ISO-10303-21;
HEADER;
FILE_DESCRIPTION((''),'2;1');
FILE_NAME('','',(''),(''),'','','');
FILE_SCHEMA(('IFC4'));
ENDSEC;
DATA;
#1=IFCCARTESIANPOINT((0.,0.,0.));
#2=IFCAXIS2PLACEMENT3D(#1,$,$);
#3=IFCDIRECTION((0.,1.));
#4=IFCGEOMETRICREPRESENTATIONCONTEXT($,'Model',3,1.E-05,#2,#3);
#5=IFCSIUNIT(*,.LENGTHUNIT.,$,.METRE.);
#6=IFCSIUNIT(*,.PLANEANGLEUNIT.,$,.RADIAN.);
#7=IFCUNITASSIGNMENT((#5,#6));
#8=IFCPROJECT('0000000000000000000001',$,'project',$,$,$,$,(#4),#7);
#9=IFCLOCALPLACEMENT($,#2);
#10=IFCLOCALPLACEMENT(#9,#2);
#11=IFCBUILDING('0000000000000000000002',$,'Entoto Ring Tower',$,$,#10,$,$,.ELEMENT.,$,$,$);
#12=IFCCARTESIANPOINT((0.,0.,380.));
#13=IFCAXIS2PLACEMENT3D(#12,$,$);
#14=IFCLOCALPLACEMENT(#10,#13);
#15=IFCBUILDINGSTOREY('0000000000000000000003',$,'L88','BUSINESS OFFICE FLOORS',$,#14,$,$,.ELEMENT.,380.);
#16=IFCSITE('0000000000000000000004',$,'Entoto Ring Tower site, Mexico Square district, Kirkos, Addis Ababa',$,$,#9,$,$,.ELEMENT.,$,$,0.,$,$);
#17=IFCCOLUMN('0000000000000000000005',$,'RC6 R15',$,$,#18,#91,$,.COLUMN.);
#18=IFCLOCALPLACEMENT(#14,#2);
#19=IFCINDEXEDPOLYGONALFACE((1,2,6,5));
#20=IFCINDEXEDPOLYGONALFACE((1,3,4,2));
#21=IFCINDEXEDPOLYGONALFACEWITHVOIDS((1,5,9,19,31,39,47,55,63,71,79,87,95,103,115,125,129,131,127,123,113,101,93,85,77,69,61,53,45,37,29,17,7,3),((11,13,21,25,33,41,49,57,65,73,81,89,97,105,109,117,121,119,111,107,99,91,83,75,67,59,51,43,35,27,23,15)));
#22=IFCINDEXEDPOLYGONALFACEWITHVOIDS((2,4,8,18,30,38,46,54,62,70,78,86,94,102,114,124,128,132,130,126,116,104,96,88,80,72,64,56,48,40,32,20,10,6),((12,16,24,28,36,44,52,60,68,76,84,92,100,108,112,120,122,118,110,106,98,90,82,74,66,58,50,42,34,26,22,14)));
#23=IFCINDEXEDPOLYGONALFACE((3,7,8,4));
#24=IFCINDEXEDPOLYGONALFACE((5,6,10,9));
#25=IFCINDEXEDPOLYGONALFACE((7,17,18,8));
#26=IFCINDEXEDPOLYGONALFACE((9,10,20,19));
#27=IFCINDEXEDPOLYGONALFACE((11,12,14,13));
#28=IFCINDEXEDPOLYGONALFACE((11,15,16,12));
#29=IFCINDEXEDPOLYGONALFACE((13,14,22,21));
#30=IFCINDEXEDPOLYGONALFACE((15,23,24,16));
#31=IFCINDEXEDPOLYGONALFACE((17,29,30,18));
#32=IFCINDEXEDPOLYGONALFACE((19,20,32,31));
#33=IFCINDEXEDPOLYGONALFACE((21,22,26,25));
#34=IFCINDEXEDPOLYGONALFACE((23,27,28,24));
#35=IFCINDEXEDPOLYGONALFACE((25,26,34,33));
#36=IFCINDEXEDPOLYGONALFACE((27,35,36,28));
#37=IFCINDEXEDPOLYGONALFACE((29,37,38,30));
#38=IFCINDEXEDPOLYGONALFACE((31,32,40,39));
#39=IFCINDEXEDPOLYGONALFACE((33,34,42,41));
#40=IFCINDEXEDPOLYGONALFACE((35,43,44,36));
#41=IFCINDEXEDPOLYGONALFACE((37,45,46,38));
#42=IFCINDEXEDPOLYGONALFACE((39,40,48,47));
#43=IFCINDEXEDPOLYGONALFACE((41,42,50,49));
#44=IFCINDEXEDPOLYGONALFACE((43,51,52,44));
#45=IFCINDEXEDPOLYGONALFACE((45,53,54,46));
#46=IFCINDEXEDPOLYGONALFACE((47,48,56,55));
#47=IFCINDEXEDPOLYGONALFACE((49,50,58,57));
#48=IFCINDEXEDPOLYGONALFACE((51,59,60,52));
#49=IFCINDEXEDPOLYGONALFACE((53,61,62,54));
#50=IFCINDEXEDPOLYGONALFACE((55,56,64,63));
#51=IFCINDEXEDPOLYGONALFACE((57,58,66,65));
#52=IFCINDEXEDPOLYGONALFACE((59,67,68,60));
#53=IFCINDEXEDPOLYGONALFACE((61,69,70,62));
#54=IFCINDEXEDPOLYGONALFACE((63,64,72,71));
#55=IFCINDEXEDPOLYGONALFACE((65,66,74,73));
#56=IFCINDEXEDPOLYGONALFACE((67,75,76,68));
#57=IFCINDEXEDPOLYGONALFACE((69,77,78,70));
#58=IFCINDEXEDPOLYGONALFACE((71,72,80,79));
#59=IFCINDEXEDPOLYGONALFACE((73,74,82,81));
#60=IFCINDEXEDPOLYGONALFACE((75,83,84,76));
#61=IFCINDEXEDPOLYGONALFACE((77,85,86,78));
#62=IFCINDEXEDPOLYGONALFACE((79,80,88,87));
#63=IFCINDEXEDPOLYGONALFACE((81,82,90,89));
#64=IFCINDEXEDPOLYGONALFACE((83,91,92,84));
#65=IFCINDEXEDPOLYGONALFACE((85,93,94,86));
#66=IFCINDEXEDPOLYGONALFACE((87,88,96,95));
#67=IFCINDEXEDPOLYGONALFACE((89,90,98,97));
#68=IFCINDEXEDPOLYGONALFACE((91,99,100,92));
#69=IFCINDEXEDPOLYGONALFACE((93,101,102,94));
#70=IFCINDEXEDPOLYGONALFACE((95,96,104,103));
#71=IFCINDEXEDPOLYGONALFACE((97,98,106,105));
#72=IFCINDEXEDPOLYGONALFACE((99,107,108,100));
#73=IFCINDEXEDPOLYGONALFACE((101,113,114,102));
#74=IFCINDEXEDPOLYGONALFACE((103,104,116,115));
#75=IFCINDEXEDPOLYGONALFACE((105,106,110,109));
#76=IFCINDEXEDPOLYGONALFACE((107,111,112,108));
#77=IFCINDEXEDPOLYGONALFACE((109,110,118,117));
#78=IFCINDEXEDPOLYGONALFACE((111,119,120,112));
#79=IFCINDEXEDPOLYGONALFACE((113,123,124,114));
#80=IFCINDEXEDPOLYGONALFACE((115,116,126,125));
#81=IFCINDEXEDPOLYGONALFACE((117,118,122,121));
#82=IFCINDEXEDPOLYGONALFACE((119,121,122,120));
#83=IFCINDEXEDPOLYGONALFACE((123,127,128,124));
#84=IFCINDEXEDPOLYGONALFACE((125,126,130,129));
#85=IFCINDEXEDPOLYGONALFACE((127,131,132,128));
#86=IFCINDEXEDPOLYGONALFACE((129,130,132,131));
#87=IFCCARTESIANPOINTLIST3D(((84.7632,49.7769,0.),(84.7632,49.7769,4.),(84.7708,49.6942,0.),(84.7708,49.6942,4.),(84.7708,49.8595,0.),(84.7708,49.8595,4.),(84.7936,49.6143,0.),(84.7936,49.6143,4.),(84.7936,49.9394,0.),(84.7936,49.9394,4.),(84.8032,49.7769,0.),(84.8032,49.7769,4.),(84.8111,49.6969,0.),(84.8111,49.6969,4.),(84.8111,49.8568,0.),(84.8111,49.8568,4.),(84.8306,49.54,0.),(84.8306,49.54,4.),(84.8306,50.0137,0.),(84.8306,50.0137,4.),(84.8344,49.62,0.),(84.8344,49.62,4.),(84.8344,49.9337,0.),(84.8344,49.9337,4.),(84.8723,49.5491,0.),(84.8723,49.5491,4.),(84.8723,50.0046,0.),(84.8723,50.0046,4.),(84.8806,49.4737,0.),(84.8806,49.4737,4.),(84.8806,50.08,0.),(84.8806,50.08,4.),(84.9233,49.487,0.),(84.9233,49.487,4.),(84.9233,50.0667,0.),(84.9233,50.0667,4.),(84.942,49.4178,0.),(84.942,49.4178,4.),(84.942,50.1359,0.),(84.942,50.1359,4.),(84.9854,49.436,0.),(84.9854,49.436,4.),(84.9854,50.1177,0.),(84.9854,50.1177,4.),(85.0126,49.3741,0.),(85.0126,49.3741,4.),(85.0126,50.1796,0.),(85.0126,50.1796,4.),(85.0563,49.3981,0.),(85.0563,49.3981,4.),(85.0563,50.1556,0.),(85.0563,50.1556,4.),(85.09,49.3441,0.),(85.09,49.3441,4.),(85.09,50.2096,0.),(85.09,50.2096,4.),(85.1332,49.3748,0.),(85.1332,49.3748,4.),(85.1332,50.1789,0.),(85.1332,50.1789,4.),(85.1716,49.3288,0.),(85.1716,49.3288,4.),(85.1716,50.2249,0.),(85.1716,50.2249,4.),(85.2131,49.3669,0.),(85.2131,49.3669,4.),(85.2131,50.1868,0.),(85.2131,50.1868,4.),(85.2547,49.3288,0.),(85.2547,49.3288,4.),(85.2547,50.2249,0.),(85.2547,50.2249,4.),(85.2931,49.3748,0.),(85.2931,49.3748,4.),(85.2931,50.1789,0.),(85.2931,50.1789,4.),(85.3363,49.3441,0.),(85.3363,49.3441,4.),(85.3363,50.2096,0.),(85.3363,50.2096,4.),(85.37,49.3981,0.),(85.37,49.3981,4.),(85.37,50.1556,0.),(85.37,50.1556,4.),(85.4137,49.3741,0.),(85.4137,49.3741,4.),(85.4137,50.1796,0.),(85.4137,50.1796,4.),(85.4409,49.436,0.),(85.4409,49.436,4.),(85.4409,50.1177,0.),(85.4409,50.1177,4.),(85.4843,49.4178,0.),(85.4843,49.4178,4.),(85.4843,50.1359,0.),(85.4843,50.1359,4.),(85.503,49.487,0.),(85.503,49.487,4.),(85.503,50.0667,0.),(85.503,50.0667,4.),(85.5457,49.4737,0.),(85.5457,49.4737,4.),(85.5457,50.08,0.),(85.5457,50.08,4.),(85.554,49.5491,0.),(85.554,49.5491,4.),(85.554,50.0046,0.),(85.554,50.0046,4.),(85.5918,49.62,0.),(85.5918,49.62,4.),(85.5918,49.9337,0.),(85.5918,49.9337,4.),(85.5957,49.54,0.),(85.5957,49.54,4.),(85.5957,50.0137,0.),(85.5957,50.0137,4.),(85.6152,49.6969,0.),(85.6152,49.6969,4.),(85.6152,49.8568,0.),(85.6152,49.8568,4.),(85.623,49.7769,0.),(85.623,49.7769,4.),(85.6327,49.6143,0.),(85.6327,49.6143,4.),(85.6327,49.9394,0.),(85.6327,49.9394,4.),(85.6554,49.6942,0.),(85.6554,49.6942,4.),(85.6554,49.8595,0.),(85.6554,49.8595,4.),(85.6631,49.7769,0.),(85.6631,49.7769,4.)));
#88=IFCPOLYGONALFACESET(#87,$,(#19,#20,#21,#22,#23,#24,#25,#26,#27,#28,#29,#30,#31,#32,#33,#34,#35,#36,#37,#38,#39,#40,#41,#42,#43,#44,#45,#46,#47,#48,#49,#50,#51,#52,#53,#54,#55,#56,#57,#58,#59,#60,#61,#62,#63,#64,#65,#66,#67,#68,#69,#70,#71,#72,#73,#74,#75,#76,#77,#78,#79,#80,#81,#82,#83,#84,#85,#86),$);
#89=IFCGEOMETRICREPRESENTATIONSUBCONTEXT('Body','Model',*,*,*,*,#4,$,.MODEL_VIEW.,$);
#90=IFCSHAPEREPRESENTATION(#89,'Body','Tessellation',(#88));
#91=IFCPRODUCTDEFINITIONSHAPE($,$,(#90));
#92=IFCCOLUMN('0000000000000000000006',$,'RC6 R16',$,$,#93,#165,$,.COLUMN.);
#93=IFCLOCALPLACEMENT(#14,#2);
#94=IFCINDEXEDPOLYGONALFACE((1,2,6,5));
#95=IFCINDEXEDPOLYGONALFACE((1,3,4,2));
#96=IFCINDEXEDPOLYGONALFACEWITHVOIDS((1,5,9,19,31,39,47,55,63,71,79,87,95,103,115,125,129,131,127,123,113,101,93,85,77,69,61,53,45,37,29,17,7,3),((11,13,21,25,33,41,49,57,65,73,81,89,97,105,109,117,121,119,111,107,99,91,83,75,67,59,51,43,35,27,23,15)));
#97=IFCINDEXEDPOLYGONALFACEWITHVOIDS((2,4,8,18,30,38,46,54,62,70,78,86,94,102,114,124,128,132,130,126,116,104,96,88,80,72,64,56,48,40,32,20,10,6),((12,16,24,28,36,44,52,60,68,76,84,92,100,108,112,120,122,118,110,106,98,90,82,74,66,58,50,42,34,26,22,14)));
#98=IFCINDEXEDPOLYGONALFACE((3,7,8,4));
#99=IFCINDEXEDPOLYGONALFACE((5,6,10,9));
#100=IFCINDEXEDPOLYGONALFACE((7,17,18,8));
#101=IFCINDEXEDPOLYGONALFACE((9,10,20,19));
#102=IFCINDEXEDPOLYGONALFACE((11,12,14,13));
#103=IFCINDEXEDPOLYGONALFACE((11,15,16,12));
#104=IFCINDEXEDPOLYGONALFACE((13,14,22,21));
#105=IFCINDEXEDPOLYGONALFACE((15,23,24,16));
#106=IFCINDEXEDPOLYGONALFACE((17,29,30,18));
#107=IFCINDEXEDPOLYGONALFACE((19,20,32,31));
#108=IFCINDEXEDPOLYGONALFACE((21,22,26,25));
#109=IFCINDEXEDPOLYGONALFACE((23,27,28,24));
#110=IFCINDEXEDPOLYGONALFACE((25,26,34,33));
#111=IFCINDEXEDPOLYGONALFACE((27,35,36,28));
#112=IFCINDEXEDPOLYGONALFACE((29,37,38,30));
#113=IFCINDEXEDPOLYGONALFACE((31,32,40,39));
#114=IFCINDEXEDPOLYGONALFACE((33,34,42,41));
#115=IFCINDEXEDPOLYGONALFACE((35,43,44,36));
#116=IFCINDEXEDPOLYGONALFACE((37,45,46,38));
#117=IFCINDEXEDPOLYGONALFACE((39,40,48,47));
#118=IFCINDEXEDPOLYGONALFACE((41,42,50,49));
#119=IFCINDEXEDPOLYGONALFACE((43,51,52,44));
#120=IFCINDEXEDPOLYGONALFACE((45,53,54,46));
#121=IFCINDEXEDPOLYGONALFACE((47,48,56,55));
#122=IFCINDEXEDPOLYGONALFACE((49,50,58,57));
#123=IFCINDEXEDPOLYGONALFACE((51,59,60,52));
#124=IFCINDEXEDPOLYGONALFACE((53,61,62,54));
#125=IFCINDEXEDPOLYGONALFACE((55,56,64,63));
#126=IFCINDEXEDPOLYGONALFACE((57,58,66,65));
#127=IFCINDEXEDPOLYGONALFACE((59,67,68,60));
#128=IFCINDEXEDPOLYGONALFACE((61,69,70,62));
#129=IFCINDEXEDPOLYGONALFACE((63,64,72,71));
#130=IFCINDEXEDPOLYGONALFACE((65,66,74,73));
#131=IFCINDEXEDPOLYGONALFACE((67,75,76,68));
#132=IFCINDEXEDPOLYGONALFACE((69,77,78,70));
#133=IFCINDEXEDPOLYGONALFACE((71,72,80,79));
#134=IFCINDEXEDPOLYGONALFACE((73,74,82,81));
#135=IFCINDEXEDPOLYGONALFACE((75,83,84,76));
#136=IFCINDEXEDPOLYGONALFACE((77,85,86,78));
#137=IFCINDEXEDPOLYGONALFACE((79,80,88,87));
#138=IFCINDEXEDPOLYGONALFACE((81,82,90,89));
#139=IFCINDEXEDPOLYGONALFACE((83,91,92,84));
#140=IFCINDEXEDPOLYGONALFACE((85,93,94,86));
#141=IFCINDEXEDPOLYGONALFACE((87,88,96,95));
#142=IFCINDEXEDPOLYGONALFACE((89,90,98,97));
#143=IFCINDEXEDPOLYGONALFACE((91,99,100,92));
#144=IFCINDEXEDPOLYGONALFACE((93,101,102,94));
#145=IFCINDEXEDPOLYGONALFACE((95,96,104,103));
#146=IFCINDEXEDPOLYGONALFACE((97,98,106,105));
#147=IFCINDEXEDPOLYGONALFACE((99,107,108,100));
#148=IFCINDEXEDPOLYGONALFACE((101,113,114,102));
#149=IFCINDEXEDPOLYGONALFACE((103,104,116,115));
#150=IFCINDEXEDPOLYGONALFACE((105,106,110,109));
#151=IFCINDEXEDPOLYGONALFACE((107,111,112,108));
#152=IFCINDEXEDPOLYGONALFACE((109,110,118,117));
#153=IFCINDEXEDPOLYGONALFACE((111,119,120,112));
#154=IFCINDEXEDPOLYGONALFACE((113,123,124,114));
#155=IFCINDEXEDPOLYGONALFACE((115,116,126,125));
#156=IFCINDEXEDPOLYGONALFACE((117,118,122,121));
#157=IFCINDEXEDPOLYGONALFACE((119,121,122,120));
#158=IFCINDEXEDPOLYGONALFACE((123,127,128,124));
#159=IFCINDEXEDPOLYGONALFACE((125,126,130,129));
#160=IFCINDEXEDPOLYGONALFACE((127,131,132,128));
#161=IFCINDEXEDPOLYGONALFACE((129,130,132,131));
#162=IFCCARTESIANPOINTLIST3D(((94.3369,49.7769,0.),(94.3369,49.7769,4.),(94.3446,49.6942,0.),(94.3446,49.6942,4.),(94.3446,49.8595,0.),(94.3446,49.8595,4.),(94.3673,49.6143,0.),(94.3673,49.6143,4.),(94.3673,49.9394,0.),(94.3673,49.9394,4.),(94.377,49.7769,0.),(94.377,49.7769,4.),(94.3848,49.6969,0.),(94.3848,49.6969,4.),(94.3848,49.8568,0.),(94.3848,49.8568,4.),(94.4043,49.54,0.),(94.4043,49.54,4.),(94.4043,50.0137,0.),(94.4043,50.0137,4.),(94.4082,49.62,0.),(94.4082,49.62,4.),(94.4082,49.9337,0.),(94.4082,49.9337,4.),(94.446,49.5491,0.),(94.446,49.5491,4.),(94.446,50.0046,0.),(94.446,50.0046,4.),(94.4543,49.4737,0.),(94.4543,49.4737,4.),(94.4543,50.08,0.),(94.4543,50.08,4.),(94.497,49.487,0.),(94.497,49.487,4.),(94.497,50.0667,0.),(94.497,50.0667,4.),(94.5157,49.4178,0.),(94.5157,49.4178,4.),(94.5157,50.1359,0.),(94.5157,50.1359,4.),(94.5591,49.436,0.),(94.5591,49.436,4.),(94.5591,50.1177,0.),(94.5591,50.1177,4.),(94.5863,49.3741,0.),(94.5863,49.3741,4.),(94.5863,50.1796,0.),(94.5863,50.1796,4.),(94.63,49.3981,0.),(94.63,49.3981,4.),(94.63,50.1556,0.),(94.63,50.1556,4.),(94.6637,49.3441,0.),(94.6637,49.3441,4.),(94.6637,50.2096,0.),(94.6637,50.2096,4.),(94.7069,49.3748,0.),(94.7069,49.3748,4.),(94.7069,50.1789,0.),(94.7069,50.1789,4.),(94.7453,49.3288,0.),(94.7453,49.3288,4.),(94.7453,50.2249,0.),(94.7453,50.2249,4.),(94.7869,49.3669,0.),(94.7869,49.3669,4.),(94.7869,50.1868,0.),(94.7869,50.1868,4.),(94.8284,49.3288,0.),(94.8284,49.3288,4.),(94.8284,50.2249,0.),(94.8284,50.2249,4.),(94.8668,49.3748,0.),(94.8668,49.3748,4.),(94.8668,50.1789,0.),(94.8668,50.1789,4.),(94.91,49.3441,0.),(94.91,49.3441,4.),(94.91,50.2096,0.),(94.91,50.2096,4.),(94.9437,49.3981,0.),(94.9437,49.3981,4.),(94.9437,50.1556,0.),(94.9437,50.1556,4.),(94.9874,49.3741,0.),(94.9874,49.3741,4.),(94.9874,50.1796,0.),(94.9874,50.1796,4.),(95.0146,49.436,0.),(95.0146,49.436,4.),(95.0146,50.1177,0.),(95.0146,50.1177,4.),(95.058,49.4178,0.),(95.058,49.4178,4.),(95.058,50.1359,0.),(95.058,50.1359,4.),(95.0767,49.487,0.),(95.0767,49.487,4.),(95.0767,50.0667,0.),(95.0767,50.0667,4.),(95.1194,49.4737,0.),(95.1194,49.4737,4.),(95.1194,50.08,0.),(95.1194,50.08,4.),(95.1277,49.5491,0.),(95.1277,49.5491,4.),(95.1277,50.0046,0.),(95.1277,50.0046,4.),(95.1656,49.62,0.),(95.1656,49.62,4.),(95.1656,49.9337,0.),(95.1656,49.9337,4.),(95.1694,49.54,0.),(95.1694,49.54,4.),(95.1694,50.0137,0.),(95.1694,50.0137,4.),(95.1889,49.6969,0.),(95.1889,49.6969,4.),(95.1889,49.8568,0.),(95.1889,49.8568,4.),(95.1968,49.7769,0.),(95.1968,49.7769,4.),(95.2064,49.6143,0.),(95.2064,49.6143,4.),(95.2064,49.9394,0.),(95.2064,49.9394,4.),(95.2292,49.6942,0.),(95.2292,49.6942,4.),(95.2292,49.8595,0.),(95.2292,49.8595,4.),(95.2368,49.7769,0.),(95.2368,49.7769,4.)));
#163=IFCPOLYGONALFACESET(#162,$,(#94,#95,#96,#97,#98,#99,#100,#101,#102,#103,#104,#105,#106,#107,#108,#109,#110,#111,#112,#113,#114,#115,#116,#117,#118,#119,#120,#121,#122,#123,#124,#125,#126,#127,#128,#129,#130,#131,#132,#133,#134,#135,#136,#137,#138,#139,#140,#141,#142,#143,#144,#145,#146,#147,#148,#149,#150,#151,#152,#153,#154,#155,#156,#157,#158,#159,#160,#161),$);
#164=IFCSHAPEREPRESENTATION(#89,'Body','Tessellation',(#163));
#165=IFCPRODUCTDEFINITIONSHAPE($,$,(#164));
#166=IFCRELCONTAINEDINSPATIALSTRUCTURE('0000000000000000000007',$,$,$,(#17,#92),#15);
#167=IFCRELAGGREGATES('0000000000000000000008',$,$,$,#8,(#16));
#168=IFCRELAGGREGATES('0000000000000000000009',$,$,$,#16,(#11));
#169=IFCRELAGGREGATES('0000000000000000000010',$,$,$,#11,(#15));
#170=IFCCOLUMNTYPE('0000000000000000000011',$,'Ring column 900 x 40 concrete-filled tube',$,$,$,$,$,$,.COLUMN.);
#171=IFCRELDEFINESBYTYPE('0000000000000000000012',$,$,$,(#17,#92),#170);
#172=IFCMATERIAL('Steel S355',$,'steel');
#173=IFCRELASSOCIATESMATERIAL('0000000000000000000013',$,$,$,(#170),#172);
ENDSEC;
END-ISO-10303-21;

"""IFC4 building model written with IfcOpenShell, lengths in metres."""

from ifc_helpers import new_model, si_unit, direction, frame, origin, origin_2d, place, context, subcontext, project, spatial, circle, hollow_circle, extrude, material, material_profile, profile_set, type_object, element, save


model = new_model("IFC4")

# Units and contexts
model_context = context("Model", 3, precision=1e-05, world=origin(), true_north=direction((0.0, 1.0)))
body_context = subcontext(model_context, "Body", "Model", "MODEL_VIEW")
ifc_project = project(units=[si_unit("LENGTHUNIT", "METRE"), si_unit("PLANEANGLEUNIT", "RADIAN")], contexts=[model_context])

# Site, building, storey
site_placement = place(None, origin())
site = spatial("IfcSite", under=ifc_project, at=site_placement, Name="Entoto Ring Tower site, Mexico Square district, Kirkos, Addis Ababa", CompositionType="ELEMENT", RefElevation=0.0)
building_placement = place(site_placement, origin())
building = spatial("IfcBuilding", under=site, at=building_placement, Name="Entoto Ring Tower", CompositionType="ELEMENT")
storey_placement = place(building_placement, frame((0.0, 0.0, 380.0)))
storey = spatial("IfcBuildingStorey", under=building, at=storey_placement, Name="L88", Description="BUSINESS OFFICE FLOORS", CompositionType="ELEMENT", Elevation=380.0)

# Columns
ifc_material_1 = material(Name="Steel S355", Category="steel")
ifc_material_profile_1 = material_profile(ifc_material_1, hollow_circle(Radius=0.45, WallThickness=0.04, at=origin_2d()), Name="CHS 900 x 40")
ifc_material_2 = material(Name="Concrete C60/75", Category="concrete")
ifc_material_profile_2 = material_profile(ifc_material_2, circle(Radius=0.4099, at=origin_2d()), Name="Concrete C60/75 infill")
ifc_profile_set_1 = profile_set([ifc_material_profile_1, ifc_material_profile_2], Name="Steel S355")
column_type = type_object("IfcColumnType", Name="Ring column 900 x 40 concrete-filled tube", PredefinedType="COLUMN", material=ifc_profile_set_1)
for number, where, z_axis, x_axis, name in (
    (1, (85.2131, 49.7769, 0.0), (0.0, 0.0, 1.0), (1.0, 0.0, 0.0), "RC6 R15"),
    (2, (94.7869, 49.7769, 0.0), (0.0, 0.0, 1.0), (1.0, 0.0, 0.0), "RC6 R16"),
):
    element("IfcColumn", number, at=place(storey_placement, frame(where, z_axis=z_axis, x_axis=x_axis)), inside=storey, type_object=column_type, Name=name, PredefinedType="COLUMN", context=body_context, shape_type="SweptSolid", body=[
        extrude(hollow_circle(Radius=0.45, WallThickness=0.04, at=origin_2d()), origin(), (0.0, 0.0, 1.0), 4.0),
    ])

save(model, "model.ifc")
